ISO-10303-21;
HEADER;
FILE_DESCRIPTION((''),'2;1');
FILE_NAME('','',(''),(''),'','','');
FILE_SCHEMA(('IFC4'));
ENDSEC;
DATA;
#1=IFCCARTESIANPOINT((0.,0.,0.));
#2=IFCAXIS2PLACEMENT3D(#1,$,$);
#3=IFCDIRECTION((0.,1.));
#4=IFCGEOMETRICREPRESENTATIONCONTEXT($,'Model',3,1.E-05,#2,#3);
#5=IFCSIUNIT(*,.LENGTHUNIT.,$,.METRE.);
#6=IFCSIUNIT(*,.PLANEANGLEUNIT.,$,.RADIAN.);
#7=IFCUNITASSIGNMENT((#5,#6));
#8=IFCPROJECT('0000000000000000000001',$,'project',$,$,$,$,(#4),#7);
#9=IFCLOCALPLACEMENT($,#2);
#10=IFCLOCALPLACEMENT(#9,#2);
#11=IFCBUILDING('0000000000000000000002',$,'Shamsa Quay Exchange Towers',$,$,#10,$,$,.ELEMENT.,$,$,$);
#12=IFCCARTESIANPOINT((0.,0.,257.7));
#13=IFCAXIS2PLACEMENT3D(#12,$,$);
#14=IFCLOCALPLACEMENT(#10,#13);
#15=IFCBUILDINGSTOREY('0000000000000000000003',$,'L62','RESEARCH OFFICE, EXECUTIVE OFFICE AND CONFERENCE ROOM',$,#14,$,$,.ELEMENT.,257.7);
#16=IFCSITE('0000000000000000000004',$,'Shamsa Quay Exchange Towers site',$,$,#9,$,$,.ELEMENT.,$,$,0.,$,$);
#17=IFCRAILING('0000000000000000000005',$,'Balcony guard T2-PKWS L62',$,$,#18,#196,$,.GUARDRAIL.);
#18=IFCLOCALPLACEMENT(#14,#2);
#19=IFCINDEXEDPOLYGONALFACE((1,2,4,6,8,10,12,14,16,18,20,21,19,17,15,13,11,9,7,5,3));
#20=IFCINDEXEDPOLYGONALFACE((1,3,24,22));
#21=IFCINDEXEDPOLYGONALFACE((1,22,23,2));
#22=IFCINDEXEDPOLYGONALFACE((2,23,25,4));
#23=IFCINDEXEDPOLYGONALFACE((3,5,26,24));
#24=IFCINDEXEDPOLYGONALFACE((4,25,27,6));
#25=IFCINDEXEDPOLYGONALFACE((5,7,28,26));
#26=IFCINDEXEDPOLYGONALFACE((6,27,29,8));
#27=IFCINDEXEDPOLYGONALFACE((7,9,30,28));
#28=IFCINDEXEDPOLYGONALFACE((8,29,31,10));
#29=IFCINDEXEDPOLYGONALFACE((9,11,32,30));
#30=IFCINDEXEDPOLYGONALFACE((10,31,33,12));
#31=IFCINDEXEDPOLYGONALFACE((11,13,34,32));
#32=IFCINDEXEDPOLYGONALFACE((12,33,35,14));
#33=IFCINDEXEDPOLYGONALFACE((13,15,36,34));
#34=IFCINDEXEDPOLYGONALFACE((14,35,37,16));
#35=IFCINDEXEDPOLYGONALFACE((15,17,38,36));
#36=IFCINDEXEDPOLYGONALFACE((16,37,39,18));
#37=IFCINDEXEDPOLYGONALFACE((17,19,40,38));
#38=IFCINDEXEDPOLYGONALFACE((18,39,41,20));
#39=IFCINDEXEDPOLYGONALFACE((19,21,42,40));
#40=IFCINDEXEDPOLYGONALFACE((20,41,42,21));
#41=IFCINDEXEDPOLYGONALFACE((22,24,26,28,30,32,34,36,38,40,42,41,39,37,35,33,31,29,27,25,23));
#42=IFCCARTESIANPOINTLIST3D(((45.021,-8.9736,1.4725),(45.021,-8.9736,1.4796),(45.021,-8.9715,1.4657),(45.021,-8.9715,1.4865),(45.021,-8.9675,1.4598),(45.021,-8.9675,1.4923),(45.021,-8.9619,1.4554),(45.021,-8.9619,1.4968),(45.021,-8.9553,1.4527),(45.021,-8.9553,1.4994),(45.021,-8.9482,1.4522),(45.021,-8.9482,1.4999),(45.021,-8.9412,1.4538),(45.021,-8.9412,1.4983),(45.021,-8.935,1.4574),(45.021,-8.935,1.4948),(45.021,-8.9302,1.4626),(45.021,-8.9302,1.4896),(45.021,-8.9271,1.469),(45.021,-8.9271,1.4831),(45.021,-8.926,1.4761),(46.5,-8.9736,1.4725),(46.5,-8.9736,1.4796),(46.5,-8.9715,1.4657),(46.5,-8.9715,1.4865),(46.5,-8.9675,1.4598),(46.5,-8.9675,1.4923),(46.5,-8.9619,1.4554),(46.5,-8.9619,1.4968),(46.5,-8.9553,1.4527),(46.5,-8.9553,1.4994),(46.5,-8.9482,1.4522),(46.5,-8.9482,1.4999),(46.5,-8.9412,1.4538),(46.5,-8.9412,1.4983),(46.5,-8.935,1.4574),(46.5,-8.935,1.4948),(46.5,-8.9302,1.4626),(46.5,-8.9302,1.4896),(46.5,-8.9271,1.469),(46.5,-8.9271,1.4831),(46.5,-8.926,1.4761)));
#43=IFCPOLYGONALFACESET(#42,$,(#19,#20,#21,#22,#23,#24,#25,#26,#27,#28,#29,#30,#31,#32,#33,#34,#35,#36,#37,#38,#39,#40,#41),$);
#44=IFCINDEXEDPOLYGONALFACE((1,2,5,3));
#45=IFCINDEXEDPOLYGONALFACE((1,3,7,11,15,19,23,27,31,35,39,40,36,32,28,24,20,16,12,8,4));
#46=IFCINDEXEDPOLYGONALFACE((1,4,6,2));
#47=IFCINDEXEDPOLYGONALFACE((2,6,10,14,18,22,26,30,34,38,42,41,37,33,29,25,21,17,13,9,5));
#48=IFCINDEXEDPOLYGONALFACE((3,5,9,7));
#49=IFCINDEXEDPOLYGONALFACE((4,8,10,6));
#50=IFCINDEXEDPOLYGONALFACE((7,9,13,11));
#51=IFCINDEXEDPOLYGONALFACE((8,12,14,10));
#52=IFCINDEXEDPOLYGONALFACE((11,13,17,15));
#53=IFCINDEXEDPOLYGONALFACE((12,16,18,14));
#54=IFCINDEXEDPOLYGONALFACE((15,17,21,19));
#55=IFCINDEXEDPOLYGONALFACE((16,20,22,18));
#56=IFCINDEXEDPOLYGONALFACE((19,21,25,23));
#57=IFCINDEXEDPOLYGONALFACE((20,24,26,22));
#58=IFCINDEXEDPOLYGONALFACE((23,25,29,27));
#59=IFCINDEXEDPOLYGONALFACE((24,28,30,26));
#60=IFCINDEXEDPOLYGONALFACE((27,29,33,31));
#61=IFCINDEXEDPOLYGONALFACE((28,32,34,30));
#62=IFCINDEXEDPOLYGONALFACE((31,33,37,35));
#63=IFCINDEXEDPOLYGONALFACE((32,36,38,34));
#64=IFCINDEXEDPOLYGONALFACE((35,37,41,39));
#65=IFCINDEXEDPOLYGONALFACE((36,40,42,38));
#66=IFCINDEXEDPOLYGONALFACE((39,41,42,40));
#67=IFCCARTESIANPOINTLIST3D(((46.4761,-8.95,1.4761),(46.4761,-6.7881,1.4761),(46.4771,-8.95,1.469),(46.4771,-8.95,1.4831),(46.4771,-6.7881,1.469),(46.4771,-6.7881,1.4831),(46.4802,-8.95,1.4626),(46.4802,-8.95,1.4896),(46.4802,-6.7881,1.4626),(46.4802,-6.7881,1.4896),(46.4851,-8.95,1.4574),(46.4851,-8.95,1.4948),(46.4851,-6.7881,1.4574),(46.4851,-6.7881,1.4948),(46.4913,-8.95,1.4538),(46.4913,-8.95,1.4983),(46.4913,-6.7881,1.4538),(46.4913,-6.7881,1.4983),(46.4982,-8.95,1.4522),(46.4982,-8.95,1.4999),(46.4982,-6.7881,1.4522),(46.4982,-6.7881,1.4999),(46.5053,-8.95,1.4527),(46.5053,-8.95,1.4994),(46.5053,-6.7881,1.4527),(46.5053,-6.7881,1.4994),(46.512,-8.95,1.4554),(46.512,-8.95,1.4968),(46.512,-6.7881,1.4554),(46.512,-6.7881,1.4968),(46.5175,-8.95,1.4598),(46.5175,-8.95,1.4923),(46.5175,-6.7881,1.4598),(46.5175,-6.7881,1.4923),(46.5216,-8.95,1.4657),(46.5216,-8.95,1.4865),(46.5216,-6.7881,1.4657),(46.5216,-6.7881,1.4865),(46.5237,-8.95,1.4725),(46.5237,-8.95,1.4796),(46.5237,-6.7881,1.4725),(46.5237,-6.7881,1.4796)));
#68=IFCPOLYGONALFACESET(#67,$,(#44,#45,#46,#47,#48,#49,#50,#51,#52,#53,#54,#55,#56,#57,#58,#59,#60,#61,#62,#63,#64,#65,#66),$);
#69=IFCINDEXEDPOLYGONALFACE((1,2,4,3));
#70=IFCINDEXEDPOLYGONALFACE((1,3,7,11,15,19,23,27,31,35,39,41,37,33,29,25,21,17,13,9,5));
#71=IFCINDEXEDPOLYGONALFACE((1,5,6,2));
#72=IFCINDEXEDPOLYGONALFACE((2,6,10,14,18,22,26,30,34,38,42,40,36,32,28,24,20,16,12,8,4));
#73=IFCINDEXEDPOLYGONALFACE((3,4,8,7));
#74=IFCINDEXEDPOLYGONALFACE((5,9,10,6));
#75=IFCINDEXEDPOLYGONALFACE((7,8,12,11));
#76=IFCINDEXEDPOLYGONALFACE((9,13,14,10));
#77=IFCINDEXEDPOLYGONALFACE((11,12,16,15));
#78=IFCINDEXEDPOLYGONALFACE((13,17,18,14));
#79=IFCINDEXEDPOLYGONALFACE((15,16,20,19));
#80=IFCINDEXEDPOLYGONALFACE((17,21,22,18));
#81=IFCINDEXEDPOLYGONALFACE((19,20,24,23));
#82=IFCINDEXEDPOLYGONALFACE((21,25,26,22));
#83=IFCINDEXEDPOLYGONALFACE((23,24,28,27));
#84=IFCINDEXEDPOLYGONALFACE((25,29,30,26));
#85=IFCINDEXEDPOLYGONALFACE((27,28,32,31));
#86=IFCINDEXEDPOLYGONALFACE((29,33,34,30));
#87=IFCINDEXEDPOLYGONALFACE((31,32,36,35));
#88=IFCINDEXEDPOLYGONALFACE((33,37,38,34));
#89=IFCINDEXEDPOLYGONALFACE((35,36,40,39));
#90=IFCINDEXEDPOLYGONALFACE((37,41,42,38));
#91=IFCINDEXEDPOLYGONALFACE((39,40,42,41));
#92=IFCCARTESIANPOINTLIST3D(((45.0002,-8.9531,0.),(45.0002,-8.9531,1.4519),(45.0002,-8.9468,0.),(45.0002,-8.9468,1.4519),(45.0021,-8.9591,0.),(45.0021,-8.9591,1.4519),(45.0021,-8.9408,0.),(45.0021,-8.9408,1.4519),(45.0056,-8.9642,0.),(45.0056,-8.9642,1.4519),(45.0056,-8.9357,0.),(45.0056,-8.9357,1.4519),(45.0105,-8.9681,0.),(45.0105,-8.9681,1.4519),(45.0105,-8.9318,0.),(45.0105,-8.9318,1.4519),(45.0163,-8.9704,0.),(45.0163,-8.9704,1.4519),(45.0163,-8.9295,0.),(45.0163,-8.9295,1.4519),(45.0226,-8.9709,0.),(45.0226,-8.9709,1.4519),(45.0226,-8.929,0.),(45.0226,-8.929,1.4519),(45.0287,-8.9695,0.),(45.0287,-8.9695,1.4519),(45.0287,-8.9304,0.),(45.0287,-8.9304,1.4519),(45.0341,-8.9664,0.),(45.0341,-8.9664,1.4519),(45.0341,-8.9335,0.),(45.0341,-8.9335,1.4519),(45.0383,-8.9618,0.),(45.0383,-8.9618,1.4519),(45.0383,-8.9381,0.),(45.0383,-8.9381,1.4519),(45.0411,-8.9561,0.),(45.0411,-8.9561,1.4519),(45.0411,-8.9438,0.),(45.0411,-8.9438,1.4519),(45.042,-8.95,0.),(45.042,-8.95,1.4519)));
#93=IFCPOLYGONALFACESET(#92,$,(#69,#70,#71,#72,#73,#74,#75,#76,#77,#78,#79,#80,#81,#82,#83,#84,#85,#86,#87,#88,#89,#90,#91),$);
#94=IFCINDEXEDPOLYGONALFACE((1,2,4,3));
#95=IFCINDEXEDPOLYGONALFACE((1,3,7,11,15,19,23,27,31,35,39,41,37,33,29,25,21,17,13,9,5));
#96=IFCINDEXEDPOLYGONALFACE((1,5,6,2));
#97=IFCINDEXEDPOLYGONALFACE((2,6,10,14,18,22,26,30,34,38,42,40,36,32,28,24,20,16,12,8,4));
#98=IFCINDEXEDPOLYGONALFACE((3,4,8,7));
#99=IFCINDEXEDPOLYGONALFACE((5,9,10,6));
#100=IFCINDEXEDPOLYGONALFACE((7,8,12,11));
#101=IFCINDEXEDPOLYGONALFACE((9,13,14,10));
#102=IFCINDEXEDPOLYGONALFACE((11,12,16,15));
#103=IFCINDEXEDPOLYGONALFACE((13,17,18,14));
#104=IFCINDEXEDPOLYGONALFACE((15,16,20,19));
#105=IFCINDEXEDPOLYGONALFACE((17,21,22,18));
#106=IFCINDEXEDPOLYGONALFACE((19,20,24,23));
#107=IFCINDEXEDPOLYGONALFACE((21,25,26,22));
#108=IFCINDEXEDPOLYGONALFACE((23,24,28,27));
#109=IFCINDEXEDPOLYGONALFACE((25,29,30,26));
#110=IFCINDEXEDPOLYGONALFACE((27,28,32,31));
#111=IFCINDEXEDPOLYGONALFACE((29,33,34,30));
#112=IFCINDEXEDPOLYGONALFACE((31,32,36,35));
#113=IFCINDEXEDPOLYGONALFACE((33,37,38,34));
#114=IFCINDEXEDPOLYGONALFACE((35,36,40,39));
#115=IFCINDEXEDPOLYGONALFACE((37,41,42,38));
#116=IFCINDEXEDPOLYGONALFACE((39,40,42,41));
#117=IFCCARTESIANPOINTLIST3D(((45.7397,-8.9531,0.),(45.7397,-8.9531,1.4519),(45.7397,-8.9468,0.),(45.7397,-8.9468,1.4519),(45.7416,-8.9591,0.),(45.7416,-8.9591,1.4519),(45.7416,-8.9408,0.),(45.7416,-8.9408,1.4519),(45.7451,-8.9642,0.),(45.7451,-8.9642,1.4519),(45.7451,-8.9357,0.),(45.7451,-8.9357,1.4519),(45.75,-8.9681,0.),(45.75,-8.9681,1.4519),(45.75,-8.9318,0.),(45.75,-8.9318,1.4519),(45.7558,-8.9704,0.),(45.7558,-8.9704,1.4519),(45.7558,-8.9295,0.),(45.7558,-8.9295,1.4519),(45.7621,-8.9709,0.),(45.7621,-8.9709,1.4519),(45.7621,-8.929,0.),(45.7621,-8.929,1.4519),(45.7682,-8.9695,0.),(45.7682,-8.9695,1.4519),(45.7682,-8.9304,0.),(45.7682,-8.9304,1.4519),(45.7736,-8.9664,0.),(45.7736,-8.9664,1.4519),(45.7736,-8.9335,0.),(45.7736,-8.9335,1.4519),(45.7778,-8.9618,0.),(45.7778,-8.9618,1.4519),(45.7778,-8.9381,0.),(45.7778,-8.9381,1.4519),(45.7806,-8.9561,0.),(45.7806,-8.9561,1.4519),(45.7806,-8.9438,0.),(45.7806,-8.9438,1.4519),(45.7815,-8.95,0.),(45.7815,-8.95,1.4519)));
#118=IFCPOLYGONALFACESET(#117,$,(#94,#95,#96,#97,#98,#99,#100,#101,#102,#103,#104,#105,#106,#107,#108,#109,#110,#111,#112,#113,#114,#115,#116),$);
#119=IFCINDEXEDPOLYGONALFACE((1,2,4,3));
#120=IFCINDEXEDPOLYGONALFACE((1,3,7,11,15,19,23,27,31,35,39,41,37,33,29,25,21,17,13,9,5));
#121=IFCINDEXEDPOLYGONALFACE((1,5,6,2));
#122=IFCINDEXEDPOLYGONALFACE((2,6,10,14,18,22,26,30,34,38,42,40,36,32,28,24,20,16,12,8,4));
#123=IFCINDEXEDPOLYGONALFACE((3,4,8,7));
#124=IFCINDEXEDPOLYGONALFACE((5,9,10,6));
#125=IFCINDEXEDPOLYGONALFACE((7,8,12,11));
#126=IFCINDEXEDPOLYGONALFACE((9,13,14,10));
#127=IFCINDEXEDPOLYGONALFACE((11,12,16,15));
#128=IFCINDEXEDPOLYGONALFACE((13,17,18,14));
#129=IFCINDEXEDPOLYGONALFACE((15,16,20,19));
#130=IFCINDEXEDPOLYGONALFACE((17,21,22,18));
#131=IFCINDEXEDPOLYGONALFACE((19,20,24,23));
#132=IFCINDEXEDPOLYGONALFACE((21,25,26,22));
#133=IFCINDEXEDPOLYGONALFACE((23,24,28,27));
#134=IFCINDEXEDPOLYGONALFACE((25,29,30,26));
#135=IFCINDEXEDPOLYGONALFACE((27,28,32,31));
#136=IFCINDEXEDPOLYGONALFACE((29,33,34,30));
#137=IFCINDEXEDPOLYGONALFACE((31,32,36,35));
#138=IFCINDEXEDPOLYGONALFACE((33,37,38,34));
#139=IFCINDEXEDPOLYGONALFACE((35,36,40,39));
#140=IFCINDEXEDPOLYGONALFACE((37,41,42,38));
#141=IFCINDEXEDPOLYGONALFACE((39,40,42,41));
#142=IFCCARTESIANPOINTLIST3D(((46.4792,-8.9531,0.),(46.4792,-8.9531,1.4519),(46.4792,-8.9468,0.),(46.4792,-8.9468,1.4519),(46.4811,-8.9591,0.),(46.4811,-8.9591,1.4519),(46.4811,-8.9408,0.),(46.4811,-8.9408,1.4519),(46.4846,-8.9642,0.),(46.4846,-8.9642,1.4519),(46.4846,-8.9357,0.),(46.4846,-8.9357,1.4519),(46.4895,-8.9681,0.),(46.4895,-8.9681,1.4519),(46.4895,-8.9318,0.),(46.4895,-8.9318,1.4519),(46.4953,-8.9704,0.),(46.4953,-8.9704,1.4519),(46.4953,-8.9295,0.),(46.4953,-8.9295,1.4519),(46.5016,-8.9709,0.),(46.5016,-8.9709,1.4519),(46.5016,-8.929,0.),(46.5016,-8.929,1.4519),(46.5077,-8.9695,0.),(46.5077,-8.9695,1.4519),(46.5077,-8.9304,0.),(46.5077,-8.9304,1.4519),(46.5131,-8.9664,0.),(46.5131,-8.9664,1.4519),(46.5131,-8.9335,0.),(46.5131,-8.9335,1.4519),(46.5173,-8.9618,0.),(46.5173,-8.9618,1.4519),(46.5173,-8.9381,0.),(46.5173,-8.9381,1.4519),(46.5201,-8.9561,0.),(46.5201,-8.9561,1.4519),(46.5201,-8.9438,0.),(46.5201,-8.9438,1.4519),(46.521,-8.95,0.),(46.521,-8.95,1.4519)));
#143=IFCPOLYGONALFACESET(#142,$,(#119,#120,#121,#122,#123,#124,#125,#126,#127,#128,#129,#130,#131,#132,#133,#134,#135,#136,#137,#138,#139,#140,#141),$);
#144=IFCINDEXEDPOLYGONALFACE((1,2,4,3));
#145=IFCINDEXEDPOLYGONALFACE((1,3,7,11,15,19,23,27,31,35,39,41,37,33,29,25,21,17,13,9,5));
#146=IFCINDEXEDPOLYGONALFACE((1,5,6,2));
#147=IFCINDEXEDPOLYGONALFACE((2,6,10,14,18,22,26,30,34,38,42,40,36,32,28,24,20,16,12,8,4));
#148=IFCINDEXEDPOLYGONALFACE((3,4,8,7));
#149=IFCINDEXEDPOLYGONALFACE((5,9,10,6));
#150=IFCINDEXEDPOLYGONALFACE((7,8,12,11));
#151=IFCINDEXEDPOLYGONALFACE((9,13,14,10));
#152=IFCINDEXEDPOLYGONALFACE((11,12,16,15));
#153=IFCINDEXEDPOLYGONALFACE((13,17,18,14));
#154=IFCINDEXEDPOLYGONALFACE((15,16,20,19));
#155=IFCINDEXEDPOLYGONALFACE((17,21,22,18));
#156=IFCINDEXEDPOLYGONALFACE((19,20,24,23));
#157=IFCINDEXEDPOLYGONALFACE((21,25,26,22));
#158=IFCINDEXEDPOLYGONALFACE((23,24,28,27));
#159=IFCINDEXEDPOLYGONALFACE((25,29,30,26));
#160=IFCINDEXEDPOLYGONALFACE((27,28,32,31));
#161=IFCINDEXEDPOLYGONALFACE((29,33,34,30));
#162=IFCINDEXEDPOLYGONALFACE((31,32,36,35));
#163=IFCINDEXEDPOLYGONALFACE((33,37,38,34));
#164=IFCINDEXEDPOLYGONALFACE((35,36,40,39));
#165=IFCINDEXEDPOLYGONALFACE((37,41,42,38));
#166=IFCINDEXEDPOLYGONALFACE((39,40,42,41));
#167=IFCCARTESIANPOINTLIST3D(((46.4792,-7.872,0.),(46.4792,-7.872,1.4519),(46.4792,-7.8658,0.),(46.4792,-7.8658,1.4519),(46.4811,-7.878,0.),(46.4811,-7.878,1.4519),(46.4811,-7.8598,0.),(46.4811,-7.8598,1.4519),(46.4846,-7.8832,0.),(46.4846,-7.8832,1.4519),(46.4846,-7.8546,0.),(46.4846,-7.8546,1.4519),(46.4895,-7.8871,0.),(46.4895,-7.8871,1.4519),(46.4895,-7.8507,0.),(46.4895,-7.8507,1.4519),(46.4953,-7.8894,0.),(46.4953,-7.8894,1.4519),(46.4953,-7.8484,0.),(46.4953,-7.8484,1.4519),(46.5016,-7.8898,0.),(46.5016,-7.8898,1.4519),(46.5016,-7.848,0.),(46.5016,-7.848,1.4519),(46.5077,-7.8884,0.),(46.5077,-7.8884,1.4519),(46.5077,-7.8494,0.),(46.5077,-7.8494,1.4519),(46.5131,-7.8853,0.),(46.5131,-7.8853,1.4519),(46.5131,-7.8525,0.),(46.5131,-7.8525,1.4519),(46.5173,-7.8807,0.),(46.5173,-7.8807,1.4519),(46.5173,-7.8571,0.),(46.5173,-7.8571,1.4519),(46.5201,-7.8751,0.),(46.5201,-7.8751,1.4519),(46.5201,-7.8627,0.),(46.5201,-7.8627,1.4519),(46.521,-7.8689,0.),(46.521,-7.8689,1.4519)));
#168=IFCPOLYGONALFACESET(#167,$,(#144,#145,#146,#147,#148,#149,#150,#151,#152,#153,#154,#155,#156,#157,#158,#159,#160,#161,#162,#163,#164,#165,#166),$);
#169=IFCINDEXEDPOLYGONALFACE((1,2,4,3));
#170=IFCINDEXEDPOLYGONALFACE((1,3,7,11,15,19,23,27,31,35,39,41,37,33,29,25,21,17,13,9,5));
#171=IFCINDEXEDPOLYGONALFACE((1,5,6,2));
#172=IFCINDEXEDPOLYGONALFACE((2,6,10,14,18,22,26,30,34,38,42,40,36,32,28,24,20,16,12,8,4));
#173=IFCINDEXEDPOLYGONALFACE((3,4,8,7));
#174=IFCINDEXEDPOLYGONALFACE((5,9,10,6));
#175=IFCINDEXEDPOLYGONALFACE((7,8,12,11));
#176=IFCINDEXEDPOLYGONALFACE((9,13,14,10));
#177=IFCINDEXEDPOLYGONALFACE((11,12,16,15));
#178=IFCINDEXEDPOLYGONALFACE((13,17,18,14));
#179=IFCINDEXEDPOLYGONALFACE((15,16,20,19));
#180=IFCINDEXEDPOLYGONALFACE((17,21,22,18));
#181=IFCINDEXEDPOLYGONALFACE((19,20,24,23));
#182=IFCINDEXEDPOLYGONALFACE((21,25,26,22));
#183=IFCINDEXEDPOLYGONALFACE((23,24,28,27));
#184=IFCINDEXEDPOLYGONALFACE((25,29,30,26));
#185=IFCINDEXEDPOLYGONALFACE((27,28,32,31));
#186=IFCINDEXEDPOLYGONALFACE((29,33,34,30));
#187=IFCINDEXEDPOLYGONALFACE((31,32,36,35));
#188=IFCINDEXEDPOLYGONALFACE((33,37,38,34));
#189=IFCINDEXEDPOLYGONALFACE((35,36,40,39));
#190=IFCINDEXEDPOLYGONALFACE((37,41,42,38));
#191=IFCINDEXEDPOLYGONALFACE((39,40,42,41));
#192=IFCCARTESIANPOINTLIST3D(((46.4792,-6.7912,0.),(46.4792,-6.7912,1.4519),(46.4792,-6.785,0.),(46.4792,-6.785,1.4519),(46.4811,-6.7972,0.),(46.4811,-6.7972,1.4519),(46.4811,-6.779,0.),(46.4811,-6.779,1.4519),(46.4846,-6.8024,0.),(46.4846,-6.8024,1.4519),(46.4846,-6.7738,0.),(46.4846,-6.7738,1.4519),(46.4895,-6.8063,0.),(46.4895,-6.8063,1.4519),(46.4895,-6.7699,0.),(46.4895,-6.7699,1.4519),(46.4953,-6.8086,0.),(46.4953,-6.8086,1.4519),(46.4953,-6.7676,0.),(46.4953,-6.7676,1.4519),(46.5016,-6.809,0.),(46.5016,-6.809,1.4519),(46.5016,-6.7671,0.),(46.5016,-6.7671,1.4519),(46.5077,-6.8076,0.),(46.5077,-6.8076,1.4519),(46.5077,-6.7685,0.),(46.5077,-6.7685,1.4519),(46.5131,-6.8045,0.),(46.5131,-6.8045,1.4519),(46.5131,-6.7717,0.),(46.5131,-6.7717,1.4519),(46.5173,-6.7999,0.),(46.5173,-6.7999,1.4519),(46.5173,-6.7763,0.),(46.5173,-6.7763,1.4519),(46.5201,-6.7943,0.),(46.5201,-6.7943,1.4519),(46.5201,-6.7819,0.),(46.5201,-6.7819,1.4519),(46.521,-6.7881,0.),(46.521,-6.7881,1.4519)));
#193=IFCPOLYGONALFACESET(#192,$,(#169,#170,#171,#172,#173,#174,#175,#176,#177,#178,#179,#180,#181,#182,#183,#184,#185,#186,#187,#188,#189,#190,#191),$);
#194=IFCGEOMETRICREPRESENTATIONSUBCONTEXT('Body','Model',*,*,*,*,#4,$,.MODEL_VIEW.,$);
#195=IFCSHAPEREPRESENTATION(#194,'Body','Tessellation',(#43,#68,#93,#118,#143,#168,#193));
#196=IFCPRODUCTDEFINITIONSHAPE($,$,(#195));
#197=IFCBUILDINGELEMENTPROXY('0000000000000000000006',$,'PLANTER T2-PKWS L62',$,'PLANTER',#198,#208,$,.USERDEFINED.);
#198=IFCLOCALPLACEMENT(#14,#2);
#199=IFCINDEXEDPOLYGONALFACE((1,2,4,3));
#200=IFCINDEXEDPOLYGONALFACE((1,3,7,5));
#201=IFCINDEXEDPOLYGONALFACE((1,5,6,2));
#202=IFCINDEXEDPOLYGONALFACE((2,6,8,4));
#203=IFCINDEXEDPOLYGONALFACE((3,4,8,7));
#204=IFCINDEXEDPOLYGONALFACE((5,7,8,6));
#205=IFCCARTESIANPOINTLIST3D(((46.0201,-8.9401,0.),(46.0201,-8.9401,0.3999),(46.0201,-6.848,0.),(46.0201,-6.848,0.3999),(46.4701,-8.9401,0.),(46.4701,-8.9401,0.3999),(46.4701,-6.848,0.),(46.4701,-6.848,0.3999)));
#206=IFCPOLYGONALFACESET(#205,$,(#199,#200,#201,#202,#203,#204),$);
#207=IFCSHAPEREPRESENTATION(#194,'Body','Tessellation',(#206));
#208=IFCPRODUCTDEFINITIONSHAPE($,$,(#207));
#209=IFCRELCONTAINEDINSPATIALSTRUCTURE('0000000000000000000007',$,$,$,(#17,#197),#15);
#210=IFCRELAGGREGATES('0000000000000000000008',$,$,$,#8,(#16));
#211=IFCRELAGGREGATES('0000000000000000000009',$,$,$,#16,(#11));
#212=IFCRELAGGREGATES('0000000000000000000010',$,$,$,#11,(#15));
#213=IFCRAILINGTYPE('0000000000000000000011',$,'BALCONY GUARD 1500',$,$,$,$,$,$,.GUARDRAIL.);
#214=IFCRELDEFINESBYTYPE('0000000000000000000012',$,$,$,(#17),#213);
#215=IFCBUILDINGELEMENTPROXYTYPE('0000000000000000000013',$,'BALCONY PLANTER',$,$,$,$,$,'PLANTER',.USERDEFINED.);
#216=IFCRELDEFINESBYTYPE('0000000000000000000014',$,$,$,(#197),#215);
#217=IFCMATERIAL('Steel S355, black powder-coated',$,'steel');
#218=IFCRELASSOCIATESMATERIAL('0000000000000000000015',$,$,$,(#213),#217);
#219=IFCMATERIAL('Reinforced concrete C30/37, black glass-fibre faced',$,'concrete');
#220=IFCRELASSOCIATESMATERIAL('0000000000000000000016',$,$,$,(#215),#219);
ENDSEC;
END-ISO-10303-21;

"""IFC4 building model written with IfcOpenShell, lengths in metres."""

from ifc_helpers import new_model, si_unit, direction, frame, origin, origin_2d, place, context, subcontext, project, spatial, rectangle, circle, extrude, material, type_object, element, save


model = new_model("IFC4")

# Units and contexts
model_context = context("Model", 3, precision=1e-05, world=origin(), true_north=direction((0.0, 1.0)))
body_context = subcontext(model_context, "Body", "Model", "MODEL_VIEW")
ifc_project = project(units=[si_unit("LENGTHUNIT", "METRE"), si_unit("PLANEANGLEUNIT", "RADIAN")], contexts=[model_context])

# Site, building, storey
site_placement = place(None, origin())
site = spatial("IfcSite", under=ifc_project, at=site_placement, Name="Shamsa Quay Exchange Towers site", CompositionType="ELEMENT", RefElevation=0.0)
building_placement = place(site_placement, origin())
building = spatial("IfcBuilding", under=site, at=building_placement, Name="Shamsa Quay Exchange Towers", CompositionType="ELEMENT")
storey_placement = place(building_placement, frame((0.0, 0.0, 257.7)))
storey = spatial("IfcBuildingStorey", under=building, at=storey_placement, Name="L62", Description="RESEARCH OFFICE, EXECUTIVE OFFICE AND CONFERENCE ROOM", CompositionType="ELEMENT", Elevation=257.7)

# Railing
ifc_material_1 = material(Name="Steel S355, black powder-coated", Category="steel")
railing_type_1 = type_object("IfcRailingType", Name="BALCONY GUARD 1500", PredefinedType="GUARDRAIL", material=ifc_material_1)
railing_1_placement = place(storey_placement, frame((45.021, -8.95, 0.0)))
element("IfcRailing", 1, at=railing_1_placement, inside=storey, type_object=railing_type_1, Name="Balcony guard T2-PKWS L62", PredefinedType="GUARDRAIL", context=body_context, shape_type="SweptSolid", body=[
    extrude(circle(Radius=0.0239, at=origin_2d()), frame((0.0, 0.0, 1.4761), z_axis=(1.0, 0.0, 0.0), x_axis=(0.0, 1.0, 0.0)), (0.0, 0.0, 1.0), 1.479),
    extrude(circle(Radius=0.0239, at=origin_2d()), frame((1.479, 0.0, 1.4761), z_axis=(0.0, 1.0, 0.0), x_axis=(-1.0, 0.0, 0.0)), (0.0, 0.0, 1.0), 2.1619),
    extrude(circle(Radius=0.021, at=origin_2d()), origin(), (0.0, 0.0, 1.0), 1.4519),
    extrude(circle(Radius=0.021, at=origin_2d()), frame((0.7395, 0.0, 0.0)), (0.0, 0.0, 1.0), 1.4519),
    extrude(circle(Radius=0.021, at=origin_2d()), frame((1.479, 0.0, 0.0)), (0.0, 0.0, 1.0), 1.4519),
    extrude(circle(Radius=0.021, at=origin_2d()), frame((1.479, 1.0811, 0.0)), (0.0, 0.0, 1.0), 1.4519),
    extrude(circle(Radius=0.021, at=origin_2d()), frame((1.479, 2.1619, 0.0)), (0.0, 0.0, 1.0), 1.4519),
])

# Building element proxy
ifc_material_2 = material(Name="Reinforced concrete C30/37, black glass-fibre faced", Category="concrete")
building_element_proxy_type = type_object("IfcBuildingElementProxyType", Name="BALCONY PLANTER", ElementType="PLANTER", PredefinedType="USERDEFINED", material=ifc_material_2)
proxy_placement = place(storey_placement, frame((46.2451, -7.894, 0.0), z_axis=(0.0, 0.0, 1.0), x_axis=(0.0, 1.0, 0.0)))
element("IfcBuildingElementProxy", 2, at=proxy_placement, inside=storey, type_object=building_element_proxy_type, Name="PLANTER T2-PKWS L62", ObjectType="PLANTER", PredefinedType="USERDEFINED", context=body_context, shape_type="SweptSolid", body=[
    extrude(rectangle(XDim=2.092, YDim=0.45, at=origin_2d()), origin(), (0.0, 0.0, 1.0), 0.3999),
])

save(model, "model.ifc")
